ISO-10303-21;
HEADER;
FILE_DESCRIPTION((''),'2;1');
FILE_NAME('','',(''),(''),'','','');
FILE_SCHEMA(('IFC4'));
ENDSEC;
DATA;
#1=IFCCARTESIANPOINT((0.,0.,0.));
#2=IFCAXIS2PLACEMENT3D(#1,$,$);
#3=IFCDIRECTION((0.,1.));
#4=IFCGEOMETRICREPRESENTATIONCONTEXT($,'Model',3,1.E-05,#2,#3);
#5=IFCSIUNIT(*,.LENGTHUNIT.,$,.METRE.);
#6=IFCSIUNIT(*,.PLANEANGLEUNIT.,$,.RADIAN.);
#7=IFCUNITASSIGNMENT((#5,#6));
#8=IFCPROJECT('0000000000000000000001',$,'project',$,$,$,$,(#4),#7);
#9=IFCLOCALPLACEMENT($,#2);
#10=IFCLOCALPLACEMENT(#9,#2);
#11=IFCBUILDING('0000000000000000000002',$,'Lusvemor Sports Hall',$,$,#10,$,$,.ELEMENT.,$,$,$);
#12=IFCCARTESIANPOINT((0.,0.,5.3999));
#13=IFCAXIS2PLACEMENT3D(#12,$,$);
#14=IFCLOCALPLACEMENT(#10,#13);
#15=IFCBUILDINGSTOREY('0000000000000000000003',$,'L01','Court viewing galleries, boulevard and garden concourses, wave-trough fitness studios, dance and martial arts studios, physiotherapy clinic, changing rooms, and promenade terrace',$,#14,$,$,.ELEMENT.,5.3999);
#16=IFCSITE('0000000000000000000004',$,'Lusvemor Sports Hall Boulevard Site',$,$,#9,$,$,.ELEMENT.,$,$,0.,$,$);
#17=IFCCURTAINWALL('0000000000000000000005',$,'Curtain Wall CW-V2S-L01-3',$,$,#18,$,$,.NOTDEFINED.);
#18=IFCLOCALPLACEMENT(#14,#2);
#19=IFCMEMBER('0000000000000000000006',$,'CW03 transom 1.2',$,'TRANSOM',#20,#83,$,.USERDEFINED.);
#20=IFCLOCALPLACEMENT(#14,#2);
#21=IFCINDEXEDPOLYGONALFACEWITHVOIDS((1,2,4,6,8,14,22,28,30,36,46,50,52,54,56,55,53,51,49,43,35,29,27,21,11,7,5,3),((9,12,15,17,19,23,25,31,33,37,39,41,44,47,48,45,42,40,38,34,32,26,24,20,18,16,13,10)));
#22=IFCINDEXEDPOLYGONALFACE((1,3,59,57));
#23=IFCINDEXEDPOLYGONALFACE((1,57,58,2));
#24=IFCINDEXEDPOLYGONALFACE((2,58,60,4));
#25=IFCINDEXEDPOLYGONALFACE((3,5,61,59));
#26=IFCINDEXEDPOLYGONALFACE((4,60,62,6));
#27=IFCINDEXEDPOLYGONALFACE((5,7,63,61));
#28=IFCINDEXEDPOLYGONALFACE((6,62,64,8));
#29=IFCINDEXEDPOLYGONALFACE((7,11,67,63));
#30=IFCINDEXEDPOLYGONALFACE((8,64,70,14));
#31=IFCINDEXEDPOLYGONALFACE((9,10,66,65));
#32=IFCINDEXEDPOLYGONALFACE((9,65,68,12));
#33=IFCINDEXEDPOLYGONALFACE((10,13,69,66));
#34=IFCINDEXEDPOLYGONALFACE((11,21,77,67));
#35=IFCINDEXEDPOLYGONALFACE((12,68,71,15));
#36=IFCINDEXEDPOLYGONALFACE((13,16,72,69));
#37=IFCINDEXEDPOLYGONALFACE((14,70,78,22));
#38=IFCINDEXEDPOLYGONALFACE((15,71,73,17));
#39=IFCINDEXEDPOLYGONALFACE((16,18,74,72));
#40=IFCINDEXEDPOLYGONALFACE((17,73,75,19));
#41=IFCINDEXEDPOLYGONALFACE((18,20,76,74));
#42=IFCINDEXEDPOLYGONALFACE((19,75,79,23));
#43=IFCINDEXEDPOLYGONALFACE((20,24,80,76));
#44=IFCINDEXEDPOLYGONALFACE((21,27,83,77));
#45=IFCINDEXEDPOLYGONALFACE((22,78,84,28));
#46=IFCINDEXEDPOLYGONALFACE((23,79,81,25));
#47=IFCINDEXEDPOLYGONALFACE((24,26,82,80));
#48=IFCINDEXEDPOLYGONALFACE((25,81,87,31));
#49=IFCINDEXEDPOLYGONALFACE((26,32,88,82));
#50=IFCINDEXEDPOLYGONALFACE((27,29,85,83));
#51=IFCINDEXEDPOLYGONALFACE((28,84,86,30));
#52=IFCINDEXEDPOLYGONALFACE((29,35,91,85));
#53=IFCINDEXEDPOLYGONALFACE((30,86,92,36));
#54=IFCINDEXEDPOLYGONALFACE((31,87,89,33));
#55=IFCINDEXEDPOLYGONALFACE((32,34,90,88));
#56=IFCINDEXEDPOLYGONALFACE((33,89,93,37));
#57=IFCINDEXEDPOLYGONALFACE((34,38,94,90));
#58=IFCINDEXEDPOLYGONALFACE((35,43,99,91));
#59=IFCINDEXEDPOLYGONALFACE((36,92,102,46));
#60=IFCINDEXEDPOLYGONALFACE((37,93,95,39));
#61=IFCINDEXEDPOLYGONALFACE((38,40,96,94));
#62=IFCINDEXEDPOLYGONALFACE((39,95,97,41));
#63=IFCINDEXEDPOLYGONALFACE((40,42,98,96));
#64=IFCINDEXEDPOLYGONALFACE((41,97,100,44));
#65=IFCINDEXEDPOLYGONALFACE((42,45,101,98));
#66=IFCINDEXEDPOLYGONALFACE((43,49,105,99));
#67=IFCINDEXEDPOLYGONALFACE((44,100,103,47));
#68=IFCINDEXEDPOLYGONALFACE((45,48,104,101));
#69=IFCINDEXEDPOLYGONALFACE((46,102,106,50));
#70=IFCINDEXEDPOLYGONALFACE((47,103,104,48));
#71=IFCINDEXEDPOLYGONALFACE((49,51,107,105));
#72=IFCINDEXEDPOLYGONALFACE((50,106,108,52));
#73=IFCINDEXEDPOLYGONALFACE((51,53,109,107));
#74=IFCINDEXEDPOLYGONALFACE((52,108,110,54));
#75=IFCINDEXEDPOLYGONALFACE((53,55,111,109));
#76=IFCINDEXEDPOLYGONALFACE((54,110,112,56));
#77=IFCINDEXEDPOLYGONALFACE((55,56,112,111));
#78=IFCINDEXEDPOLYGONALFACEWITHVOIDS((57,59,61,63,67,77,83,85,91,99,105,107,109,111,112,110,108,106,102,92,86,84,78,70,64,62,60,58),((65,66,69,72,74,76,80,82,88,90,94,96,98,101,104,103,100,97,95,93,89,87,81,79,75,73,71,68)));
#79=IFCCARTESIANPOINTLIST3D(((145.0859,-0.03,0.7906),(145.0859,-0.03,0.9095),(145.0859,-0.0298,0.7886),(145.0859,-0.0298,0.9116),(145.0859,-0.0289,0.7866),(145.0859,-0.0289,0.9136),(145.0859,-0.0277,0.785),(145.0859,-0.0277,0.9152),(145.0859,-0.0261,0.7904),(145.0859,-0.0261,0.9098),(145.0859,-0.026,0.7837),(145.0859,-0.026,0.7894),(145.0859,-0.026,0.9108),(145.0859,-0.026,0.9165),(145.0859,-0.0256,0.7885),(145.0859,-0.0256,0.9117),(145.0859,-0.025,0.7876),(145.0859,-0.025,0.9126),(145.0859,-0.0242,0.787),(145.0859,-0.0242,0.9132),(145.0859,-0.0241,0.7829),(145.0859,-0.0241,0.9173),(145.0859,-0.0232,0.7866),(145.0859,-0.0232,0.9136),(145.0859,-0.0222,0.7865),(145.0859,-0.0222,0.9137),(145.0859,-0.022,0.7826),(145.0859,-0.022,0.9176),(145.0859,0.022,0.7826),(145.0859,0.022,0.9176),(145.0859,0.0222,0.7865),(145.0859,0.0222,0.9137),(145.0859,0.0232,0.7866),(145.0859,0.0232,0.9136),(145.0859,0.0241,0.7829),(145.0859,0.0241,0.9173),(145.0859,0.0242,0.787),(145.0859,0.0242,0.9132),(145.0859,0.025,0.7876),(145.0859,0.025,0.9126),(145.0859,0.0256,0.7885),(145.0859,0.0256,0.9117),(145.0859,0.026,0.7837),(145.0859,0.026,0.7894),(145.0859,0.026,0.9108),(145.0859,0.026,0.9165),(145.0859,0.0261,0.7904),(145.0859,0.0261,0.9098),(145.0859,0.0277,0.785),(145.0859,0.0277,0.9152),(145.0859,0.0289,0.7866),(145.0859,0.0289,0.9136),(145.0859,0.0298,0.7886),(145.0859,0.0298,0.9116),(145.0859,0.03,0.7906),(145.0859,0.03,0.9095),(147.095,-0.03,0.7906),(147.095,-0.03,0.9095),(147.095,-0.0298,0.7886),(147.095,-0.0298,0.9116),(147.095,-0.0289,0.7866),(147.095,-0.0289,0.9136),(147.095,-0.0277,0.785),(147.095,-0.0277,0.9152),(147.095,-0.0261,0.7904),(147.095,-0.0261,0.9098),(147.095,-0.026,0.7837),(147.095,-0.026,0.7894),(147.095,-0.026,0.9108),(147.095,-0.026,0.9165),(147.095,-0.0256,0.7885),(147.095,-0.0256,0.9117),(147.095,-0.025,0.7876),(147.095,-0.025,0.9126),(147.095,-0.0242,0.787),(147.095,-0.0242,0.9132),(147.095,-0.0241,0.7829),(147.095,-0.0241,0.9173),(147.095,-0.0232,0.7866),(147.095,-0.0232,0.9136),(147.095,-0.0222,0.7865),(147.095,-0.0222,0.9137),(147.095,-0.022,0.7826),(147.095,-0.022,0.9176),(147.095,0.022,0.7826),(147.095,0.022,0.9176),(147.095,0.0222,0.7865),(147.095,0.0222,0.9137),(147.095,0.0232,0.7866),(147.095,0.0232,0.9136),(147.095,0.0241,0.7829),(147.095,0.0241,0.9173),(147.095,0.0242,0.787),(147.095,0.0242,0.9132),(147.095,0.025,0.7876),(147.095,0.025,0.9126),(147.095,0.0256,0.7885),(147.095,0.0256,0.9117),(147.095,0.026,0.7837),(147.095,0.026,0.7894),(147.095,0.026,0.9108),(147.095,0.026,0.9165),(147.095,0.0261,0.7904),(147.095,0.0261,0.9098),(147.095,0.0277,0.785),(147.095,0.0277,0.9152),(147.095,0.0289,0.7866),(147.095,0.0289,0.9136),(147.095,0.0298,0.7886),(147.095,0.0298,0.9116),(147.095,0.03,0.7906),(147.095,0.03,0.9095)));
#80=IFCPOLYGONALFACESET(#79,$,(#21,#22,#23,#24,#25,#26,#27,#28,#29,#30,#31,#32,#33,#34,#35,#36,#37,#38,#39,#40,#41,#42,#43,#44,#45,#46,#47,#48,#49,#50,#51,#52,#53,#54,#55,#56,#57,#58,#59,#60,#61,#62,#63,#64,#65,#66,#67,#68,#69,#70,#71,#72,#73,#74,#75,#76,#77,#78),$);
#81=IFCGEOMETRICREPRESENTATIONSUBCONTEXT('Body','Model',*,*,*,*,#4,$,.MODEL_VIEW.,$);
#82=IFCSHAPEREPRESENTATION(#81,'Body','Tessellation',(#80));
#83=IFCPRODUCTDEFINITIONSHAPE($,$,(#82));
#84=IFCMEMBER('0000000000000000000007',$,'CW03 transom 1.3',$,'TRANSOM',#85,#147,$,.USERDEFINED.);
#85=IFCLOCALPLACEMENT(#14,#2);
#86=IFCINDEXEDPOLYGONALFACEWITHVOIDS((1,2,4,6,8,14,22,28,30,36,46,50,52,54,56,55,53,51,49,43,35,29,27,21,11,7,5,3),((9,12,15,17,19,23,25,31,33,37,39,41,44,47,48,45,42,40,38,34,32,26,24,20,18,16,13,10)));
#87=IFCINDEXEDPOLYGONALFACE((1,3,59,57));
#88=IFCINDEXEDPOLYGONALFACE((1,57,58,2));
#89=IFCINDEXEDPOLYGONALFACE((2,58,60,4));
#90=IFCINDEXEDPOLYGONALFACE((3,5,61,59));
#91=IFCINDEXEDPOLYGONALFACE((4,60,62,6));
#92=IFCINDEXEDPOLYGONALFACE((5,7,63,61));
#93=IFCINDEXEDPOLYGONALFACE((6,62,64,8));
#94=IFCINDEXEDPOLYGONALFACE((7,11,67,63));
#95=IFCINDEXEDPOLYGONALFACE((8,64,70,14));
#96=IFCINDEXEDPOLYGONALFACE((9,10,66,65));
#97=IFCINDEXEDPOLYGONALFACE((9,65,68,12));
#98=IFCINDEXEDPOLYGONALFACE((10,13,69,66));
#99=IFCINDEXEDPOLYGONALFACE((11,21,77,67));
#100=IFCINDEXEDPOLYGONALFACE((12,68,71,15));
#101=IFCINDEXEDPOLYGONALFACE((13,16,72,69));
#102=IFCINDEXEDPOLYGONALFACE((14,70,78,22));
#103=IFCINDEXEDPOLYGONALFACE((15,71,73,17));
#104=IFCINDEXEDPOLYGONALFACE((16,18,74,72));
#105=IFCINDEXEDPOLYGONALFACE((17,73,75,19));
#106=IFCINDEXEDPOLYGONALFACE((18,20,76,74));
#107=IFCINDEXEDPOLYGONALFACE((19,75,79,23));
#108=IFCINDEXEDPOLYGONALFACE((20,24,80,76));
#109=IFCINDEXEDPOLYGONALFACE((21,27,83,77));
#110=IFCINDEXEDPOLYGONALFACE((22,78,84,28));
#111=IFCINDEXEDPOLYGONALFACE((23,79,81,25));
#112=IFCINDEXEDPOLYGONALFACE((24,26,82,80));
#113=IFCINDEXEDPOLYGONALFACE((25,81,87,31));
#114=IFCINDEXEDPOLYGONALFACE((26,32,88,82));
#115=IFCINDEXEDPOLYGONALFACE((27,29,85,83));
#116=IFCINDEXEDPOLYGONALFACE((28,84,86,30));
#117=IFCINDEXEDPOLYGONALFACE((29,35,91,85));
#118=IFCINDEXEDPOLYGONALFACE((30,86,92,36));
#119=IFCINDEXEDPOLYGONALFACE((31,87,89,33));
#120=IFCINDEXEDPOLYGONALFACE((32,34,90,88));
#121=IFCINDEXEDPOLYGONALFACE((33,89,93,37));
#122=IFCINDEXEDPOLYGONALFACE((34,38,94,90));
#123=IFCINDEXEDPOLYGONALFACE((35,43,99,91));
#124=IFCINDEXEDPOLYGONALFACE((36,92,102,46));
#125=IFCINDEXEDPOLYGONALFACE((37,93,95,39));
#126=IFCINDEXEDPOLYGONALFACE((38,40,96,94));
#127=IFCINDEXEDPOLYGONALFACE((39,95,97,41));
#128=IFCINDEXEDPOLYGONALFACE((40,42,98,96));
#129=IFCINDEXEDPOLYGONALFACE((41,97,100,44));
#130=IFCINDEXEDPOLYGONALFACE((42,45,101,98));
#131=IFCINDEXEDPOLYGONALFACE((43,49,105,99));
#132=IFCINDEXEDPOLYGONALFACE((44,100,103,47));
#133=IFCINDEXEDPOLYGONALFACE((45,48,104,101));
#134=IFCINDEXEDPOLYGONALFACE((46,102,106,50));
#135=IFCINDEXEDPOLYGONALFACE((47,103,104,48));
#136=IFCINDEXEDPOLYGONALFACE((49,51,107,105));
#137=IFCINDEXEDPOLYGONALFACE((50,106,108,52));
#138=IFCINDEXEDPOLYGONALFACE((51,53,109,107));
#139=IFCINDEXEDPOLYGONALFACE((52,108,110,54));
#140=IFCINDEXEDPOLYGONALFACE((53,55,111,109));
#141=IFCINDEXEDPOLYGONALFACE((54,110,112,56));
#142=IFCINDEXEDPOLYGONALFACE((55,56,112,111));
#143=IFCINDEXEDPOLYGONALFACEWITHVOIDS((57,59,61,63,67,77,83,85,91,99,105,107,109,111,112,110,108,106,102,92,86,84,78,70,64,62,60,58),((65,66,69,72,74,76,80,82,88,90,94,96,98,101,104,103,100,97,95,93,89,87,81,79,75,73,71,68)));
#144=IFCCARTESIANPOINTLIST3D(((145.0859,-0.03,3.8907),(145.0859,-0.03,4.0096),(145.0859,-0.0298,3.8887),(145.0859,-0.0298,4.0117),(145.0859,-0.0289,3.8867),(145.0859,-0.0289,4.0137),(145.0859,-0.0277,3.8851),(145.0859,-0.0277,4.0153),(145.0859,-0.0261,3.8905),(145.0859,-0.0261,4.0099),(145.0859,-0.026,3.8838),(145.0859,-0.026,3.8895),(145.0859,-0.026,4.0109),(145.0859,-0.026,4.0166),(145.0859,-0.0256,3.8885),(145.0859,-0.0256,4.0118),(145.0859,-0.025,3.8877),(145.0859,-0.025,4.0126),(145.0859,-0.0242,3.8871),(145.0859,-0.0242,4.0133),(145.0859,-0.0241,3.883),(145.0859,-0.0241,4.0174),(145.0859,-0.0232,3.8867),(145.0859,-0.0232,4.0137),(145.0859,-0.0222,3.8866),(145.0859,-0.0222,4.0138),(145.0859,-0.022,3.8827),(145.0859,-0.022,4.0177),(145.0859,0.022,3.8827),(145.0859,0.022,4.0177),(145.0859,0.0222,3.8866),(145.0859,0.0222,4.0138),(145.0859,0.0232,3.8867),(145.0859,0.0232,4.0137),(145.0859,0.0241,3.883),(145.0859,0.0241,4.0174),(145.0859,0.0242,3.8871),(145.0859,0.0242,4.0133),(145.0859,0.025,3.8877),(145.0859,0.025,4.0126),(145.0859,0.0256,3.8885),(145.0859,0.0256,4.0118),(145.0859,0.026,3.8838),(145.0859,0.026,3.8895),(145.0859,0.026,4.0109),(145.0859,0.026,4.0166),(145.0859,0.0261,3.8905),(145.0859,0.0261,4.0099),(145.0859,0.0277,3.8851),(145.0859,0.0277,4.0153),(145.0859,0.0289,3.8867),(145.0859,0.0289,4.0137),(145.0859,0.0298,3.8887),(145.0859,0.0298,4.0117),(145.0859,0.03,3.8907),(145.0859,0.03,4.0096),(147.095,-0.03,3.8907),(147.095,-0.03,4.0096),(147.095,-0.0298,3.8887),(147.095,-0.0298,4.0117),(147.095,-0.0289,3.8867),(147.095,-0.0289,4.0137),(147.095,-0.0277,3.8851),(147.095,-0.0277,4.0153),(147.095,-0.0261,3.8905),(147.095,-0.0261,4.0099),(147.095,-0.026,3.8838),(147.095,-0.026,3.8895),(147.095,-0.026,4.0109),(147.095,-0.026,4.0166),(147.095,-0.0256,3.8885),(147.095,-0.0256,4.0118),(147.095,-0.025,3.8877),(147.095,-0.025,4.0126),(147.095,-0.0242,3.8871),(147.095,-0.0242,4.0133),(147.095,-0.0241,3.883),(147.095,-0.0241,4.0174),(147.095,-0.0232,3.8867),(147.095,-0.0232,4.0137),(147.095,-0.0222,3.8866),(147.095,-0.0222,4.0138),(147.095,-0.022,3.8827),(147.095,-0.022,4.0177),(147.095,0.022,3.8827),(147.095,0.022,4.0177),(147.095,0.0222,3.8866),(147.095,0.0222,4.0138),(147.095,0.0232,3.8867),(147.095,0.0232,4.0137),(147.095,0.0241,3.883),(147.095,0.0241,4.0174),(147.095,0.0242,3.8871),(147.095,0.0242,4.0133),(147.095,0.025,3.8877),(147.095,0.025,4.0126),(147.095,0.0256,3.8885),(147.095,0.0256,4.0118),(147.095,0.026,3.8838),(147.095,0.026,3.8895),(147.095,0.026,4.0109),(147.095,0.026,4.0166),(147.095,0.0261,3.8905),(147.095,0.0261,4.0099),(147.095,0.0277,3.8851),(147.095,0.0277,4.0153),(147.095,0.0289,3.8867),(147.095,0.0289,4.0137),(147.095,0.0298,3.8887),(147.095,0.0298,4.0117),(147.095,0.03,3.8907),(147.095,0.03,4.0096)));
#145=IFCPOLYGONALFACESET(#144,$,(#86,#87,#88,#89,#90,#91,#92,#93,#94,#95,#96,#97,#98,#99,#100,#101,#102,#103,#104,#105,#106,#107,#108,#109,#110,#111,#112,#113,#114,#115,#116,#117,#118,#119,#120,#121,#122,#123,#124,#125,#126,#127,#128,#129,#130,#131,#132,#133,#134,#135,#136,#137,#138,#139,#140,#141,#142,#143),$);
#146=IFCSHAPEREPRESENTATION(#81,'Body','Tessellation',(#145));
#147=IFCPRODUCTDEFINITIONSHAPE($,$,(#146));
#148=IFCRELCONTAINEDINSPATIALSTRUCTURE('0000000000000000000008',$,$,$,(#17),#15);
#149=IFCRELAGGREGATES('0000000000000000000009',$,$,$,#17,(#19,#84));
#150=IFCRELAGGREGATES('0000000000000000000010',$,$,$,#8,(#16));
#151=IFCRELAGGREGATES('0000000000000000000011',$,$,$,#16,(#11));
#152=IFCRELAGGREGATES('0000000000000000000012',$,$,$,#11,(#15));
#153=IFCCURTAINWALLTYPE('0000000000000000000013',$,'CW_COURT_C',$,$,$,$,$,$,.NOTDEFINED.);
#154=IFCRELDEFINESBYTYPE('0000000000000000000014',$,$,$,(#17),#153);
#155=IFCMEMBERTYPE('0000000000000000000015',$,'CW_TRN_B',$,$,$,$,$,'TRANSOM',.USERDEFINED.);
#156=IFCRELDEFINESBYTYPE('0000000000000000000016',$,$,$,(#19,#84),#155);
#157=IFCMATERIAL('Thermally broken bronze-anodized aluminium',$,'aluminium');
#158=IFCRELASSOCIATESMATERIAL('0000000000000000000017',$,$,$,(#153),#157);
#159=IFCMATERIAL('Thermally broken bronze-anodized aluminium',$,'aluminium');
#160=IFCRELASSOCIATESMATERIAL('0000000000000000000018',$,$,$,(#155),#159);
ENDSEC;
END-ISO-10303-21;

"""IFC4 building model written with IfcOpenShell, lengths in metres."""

from ifc_helpers import new_model, si_unit, direction, frame, origin, origin_2d, place, context, subcontext, project, spatial, hollow_rectangle, extrude, material, material_profile, profile_set, type_object, element, aggregate, save


model = new_model("IFC4")

# Units and contexts
model_context = context("Model", 3, precision=1e-05, world=origin(), true_north=direction((0.0, 1.0)))
body_context = subcontext(model_context, "Body", "Model", "MODEL_VIEW")
ifc_project = project(units=[si_unit("LENGTHUNIT", "METRE"), si_unit("PLANEANGLEUNIT", "RADIAN")], contexts=[model_context])

# Site, building, storey
site_placement = place(None, origin())
site = spatial("IfcSite", under=ifc_project, at=site_placement, Name="Lusvemor Sports Hall Boulevard Site", CompositionType="ELEMENT", RefElevation=0.0)
building_placement = place(site_placement, origin())
building = spatial("IfcBuilding", under=site, at=building_placement, Name="Lusvemor Sports Hall", CompositionType="ELEMENT")
storey_placement = place(building_placement, frame((0.0, 0.0, 5.3999)))
storey = spatial("IfcBuildingStorey", under=building, at=storey_placement, Name="L01", Description="Court viewing galleries, boulevard and garden concourses, wave-trough fitness studios, dance and martial arts studios, physiotherapy clinic, changing rooms, and promenade terrace", CompositionType="ELEMENT", Elevation=5.3999)

# Curtain wall
ifc_material_1 = material(Name="Thermally broken bronze-anodized aluminium", Category="aluminium")
curtain_wall_type = type_object("IfcCurtainWallType", Name="CW_COURT_C", PredefinedType="NOTDEFINED", material=ifc_material_1)
curtain_wall_1_placement = place(storey_placement, origin())
curtain_wall_1 = element("IfcCurtainWall", 1, at=curtain_wall_1_placement, inside=storey, type_object=curtain_wall_type, Name="Curtain Wall CW-V2S-L01-3", PredefinedType="NOTDEFINED")

# Members
ifc_material_2 = material(Name="Thermally broken bronze-anodized aluminium", Category="aluminium")
ifc_material_profile_1 = material_profile(ifc_material_2, hollow_rectangle(XDim=0.0601, YDim=0.135, WallThickness=0.0039, InnerFilletRadius=0.0039, OuterFilletRadius=0.0081, at=origin_2d()), Name="CWTRN135x60x4")
ifc_profile_set_1 = profile_set([ifc_material_profile_1], Name="Thermally broken bronze-anodized aluminium")
member_type_1 = type_object("IfcMemberType", Name="CW_TRN_B", ElementType="TRANSOM", PredefinedType="USERDEFINED", material=ifc_profile_set_1)
member_1_placement = place(storey_placement, frame((147.095, 0.0, 0.8501), z_axis=(-1.0, 0.0, 0.0), x_axis=(0.0, -1.0, 0.0)))
member_1 = element("IfcMember", 2, at=member_1_placement, type_object=member_type_1, Name="CW03 transom 1.2", ObjectType="TRANSOM", PredefinedType="USERDEFINED", context=body_context, shape_type="SweptSolid", body=[
    extrude(hollow_rectangle(XDim=0.0601, YDim=0.135, WallThickness=0.0039, InnerFilletRadius=0.0039, OuterFilletRadius=0.0081, at=origin_2d()), origin(), (0.0, 0.0, 1.0), 2.009),
])
member_2_placement = place(storey_placement, frame((147.095, 0.0, 3.9502), z_axis=(-1.0, 0.0, 0.0), x_axis=(0.0, -1.0, 0.0)))
member_2 = element("IfcMember", 3, at=member_2_placement, type_object=member_type_1, Name="CW03 transom 1.3", ObjectType="TRANSOM", PredefinedType="USERDEFINED", context=body_context, shape_type="SweptSolid", body=[
    extrude(hollow_rectangle(XDim=0.0601, YDim=0.135, WallThickness=0.0039, InnerFilletRadius=0.0039, OuterFilletRadius=0.0081, at=origin_2d()), origin(), (0.0, 0.0, 1.0), 2.009),
])

aggregate(curtain_wall_1, [member_1, member_2])

save(model, "model.ifc")
